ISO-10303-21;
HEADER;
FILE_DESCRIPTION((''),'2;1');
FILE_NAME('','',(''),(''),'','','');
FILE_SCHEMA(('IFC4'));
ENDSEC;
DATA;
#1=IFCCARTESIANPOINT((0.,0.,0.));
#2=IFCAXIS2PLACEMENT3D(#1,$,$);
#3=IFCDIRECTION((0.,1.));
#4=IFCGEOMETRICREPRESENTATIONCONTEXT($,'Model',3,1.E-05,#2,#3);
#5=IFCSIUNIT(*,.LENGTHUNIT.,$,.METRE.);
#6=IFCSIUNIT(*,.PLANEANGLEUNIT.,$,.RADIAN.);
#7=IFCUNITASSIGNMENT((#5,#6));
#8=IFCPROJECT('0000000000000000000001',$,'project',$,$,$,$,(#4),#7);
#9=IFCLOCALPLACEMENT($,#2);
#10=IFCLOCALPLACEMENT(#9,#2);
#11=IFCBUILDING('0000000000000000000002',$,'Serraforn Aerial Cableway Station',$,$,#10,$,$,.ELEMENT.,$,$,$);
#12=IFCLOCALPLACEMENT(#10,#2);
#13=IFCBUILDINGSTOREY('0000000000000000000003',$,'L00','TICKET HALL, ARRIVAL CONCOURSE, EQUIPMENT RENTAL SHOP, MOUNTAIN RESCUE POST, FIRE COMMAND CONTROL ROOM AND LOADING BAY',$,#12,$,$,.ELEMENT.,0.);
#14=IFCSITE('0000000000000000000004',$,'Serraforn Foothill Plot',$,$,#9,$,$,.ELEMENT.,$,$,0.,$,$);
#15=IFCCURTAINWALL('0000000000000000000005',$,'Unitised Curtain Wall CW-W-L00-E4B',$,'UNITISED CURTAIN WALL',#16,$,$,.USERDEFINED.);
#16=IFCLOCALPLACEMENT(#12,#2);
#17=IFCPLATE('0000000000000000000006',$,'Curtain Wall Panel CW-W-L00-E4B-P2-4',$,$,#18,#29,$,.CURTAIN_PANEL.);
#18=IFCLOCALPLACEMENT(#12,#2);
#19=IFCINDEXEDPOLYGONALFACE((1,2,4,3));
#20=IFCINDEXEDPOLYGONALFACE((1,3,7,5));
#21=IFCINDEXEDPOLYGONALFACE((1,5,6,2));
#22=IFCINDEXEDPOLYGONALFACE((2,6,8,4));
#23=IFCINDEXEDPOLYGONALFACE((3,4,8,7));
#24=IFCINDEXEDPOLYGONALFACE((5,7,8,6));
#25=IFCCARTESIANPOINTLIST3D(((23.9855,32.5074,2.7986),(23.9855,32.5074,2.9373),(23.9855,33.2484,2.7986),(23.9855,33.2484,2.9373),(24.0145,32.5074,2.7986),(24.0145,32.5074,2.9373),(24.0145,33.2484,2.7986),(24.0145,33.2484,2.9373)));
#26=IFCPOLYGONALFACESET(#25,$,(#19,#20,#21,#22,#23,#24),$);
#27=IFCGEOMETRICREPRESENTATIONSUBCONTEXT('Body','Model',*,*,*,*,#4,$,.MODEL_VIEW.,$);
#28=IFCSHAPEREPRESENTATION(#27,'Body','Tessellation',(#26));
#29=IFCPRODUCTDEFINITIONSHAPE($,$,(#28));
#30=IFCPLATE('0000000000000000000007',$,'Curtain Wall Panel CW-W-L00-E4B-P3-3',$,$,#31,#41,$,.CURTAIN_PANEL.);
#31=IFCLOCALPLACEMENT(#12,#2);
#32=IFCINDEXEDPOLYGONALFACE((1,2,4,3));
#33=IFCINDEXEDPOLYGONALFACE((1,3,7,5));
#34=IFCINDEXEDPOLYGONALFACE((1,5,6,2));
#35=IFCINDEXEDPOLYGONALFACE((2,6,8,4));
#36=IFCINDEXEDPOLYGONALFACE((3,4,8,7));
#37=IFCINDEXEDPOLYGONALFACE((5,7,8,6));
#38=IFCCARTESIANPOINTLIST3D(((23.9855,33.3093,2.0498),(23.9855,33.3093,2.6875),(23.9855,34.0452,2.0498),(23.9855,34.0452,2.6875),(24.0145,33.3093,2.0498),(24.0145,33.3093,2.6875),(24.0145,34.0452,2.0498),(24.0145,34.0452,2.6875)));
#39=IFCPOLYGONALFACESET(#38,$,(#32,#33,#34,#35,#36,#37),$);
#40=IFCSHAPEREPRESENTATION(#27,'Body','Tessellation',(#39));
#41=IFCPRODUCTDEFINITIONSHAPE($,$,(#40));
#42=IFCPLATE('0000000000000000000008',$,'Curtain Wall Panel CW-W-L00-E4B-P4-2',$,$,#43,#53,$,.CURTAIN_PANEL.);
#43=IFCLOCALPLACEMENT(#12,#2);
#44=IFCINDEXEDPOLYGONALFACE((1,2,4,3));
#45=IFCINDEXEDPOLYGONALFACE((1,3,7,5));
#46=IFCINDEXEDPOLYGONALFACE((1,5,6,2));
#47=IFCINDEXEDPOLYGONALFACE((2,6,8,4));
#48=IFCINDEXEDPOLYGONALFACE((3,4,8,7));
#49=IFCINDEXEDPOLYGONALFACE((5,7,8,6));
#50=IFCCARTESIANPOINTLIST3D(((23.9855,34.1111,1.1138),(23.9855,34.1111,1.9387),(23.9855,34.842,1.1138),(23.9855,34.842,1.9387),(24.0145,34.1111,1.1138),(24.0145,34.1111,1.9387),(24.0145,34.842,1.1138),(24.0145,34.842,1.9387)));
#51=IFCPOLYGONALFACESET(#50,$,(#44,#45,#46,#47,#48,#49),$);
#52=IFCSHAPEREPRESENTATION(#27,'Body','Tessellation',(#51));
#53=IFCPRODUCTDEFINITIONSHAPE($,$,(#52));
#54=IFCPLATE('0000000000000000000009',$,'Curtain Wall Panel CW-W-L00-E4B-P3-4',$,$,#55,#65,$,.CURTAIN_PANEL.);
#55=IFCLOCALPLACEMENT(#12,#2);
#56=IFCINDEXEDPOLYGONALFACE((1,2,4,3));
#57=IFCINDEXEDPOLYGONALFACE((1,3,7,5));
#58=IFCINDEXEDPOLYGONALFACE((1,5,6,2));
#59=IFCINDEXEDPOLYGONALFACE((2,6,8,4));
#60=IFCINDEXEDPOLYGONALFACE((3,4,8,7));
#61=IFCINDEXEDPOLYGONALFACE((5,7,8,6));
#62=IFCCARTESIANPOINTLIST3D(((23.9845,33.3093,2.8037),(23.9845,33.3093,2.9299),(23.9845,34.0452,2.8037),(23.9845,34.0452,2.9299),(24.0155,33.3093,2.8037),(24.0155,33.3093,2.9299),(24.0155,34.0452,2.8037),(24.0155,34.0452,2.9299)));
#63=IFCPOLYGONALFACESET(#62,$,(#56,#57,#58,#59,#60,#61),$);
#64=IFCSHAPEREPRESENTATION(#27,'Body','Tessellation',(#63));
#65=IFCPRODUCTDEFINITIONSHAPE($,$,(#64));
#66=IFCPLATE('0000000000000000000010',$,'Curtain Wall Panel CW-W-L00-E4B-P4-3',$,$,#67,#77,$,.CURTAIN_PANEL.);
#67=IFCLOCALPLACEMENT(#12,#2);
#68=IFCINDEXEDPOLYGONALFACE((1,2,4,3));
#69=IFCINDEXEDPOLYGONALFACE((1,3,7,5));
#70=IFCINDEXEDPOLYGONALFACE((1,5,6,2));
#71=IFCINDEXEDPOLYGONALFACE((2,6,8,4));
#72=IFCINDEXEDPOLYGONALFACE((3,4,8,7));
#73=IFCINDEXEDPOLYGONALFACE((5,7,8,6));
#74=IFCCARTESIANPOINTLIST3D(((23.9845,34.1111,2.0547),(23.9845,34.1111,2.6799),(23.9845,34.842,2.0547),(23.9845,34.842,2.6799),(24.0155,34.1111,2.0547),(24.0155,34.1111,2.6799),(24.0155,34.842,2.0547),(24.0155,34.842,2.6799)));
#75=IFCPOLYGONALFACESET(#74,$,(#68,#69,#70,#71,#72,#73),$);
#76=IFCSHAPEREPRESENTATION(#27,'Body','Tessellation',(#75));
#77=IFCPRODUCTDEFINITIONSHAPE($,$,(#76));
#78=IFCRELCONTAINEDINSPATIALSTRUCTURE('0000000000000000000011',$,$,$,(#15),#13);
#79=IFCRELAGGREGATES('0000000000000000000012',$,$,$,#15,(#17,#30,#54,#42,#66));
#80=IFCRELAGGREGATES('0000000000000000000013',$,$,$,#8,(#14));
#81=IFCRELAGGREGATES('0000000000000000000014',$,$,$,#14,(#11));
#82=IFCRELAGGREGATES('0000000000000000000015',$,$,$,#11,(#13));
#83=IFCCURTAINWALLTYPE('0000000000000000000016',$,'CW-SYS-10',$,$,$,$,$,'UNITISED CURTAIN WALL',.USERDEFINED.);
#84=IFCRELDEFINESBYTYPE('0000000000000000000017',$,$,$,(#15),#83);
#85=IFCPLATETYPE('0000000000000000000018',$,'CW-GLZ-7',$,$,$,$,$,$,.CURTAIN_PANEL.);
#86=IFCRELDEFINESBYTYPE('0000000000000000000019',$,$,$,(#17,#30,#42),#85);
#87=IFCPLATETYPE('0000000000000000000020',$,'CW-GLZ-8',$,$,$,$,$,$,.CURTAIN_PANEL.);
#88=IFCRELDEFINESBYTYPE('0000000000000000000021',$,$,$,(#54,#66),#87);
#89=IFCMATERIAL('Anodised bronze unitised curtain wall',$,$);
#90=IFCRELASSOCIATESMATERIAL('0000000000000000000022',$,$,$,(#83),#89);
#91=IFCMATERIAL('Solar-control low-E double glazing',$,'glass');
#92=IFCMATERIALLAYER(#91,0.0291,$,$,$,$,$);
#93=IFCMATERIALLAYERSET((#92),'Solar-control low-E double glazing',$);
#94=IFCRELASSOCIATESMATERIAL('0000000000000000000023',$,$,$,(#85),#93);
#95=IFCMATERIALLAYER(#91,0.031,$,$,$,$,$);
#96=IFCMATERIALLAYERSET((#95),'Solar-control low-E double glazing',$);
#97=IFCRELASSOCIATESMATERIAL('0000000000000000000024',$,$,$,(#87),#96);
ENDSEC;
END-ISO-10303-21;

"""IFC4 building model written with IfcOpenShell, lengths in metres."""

from ifc_helpers import new_model, si_unit, direction, frame, origin, origin_2d, place, context, subcontext, project, spatial, rectangle, extrude, material, layer, layer_set, type_object, element, aggregate, save


model = new_model("IFC4")

# Units and contexts
model_context = context("Model", 3, precision=1e-05, world=origin(), true_north=direction((0.0, 1.0)))
body_context = subcontext(model_context, "Body", "Model", "MODEL_VIEW")
ifc_project = project(units=[si_unit("LENGTHUNIT", "METRE"), si_unit("PLANEANGLEUNIT", "RADIAN")], contexts=[model_context])

# Site, building, storey
site_placement = place(None, origin())
site = spatial("IfcSite", under=ifc_project, at=site_placement, Name="Serraforn Foothill Plot", CompositionType="ELEMENT", RefElevation=0.0)
building_placement = place(site_placement, origin())
building = spatial("IfcBuilding", under=site, at=building_placement, Name="Serraforn Aerial Cableway Station", CompositionType="ELEMENT")
storey_placement = place(building_placement, origin())
storey = spatial("IfcBuildingStorey", under=building, at=storey_placement, Name="L00", Description="TICKET HALL, ARRIVAL CONCOURSE, EQUIPMENT RENTAL SHOP, MOUNTAIN RESCUE POST, FIRE COMMAND CONTROL ROOM AND LOADING BAY", CompositionType="ELEMENT", Elevation=0.0)

# Curtain wall, plates
ifc_material_1 = material(Name="Anodised bronze unitised curtain wall")
curtain_wall_type = type_object("IfcCurtainWallType", Name="CW-SYS-10", ElementType="UNITISED CURTAIN WALL", PredefinedType="USERDEFINED", material=ifc_material_1)
curtain_wall_placement = place(storey_placement, origin())
curtain_wall = element("IfcCurtainWall", 1, at=curtain_wall_placement, inside=storey, type_object=curtain_wall_type, Name="Unitised Curtain Wall CW-W-L00-E4B", ObjectType="UNITISED CURTAIN WALL", PredefinedType="USERDEFINED")
ifc_material_2 = material(Name="Solar-control low-E double glazing", Category="glass")
ifc_layer_1 = layer(ifc_material_2, 0.0291)
ifc_layer_set_1 = layer_set([ifc_layer_1], Name="Solar-control low-E double glazing")
plate_type_1 = type_object("IfcPlateType", Name="CW-GLZ-7", PredefinedType="CURTAIN_PANEL", material=ifc_layer_set_1)
plate_1_placement = place(storey_placement, frame((24.0, 32.8779, 2.7986), z_axis=(0.0, 0.0, 1.0), x_axis=(1.0, 0.0, 0.0)))
plate_1 = element("IfcPlate", 2, at=plate_1_placement, type_object=plate_type_1, Name="Curtain Wall Panel CW-W-L00-E4B-P2-4", PredefinedType="CURTAIN_PANEL", context=body_context, shape_type="SweptSolid", body=[
    extrude(rectangle(XDim=0.0291, YDim=0.741, at=origin_2d()), origin(), (0.0, 0.0, 1.0), 0.1387),
])
plate_2_placement = place(storey_placement, frame((24.0, 33.6772, 2.0498), z_axis=(0.0, 0.0, 1.0), x_axis=(1.0, 0.0, 0.0)))
plate_2 = element("IfcPlate", 3, at=plate_2_placement, type_object=plate_type_1, Name="Curtain Wall Panel CW-W-L00-E4B-P3-3", PredefinedType="CURTAIN_PANEL", context=body_context, shape_type="SweptSolid", body=[
    extrude(rectangle(XDim=0.0291, YDim=0.7358, at=origin_2d()), origin(), (0.0, 0.0, 1.0), 0.6377),
])
plate_3_placement = place(storey_placement, frame((24.0, 34.4766, 1.1138), z_axis=(0.0, 0.0, 1.0), x_axis=(1.0, 0.0, 0.0)))
plate_3 = element("IfcPlate", 4, at=plate_3_placement, type_object=plate_type_1, Name="Curtain Wall Panel CW-W-L00-E4B-P4-2", PredefinedType="CURTAIN_PANEL", context=body_context, shape_type="SweptSolid", body=[
    extrude(rectangle(XDim=0.0291, YDim=0.731, at=origin_2d()), origin(), (0.0, 0.0, 1.0), 0.825),
])
ifc_layer_2 = layer(ifc_material_2, 0.031)
ifc_layer_set_2 = layer_set([ifc_layer_2], Name="Solar-control low-E double glazing")
plate_type_2 = type_object("IfcPlateType", Name="CW-GLZ-8", PredefinedType="CURTAIN_PANEL", material=ifc_layer_set_2)
plate_4_placement = place(storey_placement, frame((24.0, 33.6772, 2.8037), z_axis=(0.0, 0.0, 1.0), x_axis=(1.0, 0.0, 0.0)))
plate_4 = element("IfcPlate", 5, at=plate_4_placement, type_object=plate_type_2, Name="Curtain Wall Panel CW-W-L00-E4B-P3-4", PredefinedType="CURTAIN_PANEL", context=body_context, shape_type="SweptSolid", body=[
    extrude(rectangle(XDim=0.031, YDim=0.7358, at=origin_2d()), origin(), (0.0, 0.0, 1.0), 0.1262),
])
plate_5_placement = place(storey_placement, frame((24.0, 34.4766, 2.0547), z_axis=(0.0, 0.0, 1.0), x_axis=(1.0, 0.0, 0.0)))
plate_5 = element("IfcPlate", 6, at=plate_5_placement, type_object=plate_type_2, Name="Curtain Wall Panel CW-W-L00-E4B-P4-3", PredefinedType="CURTAIN_PANEL", context=body_context, shape_type="SweptSolid", body=[
    extrude(rectangle(XDim=0.031, YDim=0.731, at=origin_2d()), origin(), (0.0, 0.0, 1.0), 0.6252),
])
aggregate(curtain_wall, [plate_1, plate_2, plate_4, plate_3, plate_5])

save(model, "model.ifc")
